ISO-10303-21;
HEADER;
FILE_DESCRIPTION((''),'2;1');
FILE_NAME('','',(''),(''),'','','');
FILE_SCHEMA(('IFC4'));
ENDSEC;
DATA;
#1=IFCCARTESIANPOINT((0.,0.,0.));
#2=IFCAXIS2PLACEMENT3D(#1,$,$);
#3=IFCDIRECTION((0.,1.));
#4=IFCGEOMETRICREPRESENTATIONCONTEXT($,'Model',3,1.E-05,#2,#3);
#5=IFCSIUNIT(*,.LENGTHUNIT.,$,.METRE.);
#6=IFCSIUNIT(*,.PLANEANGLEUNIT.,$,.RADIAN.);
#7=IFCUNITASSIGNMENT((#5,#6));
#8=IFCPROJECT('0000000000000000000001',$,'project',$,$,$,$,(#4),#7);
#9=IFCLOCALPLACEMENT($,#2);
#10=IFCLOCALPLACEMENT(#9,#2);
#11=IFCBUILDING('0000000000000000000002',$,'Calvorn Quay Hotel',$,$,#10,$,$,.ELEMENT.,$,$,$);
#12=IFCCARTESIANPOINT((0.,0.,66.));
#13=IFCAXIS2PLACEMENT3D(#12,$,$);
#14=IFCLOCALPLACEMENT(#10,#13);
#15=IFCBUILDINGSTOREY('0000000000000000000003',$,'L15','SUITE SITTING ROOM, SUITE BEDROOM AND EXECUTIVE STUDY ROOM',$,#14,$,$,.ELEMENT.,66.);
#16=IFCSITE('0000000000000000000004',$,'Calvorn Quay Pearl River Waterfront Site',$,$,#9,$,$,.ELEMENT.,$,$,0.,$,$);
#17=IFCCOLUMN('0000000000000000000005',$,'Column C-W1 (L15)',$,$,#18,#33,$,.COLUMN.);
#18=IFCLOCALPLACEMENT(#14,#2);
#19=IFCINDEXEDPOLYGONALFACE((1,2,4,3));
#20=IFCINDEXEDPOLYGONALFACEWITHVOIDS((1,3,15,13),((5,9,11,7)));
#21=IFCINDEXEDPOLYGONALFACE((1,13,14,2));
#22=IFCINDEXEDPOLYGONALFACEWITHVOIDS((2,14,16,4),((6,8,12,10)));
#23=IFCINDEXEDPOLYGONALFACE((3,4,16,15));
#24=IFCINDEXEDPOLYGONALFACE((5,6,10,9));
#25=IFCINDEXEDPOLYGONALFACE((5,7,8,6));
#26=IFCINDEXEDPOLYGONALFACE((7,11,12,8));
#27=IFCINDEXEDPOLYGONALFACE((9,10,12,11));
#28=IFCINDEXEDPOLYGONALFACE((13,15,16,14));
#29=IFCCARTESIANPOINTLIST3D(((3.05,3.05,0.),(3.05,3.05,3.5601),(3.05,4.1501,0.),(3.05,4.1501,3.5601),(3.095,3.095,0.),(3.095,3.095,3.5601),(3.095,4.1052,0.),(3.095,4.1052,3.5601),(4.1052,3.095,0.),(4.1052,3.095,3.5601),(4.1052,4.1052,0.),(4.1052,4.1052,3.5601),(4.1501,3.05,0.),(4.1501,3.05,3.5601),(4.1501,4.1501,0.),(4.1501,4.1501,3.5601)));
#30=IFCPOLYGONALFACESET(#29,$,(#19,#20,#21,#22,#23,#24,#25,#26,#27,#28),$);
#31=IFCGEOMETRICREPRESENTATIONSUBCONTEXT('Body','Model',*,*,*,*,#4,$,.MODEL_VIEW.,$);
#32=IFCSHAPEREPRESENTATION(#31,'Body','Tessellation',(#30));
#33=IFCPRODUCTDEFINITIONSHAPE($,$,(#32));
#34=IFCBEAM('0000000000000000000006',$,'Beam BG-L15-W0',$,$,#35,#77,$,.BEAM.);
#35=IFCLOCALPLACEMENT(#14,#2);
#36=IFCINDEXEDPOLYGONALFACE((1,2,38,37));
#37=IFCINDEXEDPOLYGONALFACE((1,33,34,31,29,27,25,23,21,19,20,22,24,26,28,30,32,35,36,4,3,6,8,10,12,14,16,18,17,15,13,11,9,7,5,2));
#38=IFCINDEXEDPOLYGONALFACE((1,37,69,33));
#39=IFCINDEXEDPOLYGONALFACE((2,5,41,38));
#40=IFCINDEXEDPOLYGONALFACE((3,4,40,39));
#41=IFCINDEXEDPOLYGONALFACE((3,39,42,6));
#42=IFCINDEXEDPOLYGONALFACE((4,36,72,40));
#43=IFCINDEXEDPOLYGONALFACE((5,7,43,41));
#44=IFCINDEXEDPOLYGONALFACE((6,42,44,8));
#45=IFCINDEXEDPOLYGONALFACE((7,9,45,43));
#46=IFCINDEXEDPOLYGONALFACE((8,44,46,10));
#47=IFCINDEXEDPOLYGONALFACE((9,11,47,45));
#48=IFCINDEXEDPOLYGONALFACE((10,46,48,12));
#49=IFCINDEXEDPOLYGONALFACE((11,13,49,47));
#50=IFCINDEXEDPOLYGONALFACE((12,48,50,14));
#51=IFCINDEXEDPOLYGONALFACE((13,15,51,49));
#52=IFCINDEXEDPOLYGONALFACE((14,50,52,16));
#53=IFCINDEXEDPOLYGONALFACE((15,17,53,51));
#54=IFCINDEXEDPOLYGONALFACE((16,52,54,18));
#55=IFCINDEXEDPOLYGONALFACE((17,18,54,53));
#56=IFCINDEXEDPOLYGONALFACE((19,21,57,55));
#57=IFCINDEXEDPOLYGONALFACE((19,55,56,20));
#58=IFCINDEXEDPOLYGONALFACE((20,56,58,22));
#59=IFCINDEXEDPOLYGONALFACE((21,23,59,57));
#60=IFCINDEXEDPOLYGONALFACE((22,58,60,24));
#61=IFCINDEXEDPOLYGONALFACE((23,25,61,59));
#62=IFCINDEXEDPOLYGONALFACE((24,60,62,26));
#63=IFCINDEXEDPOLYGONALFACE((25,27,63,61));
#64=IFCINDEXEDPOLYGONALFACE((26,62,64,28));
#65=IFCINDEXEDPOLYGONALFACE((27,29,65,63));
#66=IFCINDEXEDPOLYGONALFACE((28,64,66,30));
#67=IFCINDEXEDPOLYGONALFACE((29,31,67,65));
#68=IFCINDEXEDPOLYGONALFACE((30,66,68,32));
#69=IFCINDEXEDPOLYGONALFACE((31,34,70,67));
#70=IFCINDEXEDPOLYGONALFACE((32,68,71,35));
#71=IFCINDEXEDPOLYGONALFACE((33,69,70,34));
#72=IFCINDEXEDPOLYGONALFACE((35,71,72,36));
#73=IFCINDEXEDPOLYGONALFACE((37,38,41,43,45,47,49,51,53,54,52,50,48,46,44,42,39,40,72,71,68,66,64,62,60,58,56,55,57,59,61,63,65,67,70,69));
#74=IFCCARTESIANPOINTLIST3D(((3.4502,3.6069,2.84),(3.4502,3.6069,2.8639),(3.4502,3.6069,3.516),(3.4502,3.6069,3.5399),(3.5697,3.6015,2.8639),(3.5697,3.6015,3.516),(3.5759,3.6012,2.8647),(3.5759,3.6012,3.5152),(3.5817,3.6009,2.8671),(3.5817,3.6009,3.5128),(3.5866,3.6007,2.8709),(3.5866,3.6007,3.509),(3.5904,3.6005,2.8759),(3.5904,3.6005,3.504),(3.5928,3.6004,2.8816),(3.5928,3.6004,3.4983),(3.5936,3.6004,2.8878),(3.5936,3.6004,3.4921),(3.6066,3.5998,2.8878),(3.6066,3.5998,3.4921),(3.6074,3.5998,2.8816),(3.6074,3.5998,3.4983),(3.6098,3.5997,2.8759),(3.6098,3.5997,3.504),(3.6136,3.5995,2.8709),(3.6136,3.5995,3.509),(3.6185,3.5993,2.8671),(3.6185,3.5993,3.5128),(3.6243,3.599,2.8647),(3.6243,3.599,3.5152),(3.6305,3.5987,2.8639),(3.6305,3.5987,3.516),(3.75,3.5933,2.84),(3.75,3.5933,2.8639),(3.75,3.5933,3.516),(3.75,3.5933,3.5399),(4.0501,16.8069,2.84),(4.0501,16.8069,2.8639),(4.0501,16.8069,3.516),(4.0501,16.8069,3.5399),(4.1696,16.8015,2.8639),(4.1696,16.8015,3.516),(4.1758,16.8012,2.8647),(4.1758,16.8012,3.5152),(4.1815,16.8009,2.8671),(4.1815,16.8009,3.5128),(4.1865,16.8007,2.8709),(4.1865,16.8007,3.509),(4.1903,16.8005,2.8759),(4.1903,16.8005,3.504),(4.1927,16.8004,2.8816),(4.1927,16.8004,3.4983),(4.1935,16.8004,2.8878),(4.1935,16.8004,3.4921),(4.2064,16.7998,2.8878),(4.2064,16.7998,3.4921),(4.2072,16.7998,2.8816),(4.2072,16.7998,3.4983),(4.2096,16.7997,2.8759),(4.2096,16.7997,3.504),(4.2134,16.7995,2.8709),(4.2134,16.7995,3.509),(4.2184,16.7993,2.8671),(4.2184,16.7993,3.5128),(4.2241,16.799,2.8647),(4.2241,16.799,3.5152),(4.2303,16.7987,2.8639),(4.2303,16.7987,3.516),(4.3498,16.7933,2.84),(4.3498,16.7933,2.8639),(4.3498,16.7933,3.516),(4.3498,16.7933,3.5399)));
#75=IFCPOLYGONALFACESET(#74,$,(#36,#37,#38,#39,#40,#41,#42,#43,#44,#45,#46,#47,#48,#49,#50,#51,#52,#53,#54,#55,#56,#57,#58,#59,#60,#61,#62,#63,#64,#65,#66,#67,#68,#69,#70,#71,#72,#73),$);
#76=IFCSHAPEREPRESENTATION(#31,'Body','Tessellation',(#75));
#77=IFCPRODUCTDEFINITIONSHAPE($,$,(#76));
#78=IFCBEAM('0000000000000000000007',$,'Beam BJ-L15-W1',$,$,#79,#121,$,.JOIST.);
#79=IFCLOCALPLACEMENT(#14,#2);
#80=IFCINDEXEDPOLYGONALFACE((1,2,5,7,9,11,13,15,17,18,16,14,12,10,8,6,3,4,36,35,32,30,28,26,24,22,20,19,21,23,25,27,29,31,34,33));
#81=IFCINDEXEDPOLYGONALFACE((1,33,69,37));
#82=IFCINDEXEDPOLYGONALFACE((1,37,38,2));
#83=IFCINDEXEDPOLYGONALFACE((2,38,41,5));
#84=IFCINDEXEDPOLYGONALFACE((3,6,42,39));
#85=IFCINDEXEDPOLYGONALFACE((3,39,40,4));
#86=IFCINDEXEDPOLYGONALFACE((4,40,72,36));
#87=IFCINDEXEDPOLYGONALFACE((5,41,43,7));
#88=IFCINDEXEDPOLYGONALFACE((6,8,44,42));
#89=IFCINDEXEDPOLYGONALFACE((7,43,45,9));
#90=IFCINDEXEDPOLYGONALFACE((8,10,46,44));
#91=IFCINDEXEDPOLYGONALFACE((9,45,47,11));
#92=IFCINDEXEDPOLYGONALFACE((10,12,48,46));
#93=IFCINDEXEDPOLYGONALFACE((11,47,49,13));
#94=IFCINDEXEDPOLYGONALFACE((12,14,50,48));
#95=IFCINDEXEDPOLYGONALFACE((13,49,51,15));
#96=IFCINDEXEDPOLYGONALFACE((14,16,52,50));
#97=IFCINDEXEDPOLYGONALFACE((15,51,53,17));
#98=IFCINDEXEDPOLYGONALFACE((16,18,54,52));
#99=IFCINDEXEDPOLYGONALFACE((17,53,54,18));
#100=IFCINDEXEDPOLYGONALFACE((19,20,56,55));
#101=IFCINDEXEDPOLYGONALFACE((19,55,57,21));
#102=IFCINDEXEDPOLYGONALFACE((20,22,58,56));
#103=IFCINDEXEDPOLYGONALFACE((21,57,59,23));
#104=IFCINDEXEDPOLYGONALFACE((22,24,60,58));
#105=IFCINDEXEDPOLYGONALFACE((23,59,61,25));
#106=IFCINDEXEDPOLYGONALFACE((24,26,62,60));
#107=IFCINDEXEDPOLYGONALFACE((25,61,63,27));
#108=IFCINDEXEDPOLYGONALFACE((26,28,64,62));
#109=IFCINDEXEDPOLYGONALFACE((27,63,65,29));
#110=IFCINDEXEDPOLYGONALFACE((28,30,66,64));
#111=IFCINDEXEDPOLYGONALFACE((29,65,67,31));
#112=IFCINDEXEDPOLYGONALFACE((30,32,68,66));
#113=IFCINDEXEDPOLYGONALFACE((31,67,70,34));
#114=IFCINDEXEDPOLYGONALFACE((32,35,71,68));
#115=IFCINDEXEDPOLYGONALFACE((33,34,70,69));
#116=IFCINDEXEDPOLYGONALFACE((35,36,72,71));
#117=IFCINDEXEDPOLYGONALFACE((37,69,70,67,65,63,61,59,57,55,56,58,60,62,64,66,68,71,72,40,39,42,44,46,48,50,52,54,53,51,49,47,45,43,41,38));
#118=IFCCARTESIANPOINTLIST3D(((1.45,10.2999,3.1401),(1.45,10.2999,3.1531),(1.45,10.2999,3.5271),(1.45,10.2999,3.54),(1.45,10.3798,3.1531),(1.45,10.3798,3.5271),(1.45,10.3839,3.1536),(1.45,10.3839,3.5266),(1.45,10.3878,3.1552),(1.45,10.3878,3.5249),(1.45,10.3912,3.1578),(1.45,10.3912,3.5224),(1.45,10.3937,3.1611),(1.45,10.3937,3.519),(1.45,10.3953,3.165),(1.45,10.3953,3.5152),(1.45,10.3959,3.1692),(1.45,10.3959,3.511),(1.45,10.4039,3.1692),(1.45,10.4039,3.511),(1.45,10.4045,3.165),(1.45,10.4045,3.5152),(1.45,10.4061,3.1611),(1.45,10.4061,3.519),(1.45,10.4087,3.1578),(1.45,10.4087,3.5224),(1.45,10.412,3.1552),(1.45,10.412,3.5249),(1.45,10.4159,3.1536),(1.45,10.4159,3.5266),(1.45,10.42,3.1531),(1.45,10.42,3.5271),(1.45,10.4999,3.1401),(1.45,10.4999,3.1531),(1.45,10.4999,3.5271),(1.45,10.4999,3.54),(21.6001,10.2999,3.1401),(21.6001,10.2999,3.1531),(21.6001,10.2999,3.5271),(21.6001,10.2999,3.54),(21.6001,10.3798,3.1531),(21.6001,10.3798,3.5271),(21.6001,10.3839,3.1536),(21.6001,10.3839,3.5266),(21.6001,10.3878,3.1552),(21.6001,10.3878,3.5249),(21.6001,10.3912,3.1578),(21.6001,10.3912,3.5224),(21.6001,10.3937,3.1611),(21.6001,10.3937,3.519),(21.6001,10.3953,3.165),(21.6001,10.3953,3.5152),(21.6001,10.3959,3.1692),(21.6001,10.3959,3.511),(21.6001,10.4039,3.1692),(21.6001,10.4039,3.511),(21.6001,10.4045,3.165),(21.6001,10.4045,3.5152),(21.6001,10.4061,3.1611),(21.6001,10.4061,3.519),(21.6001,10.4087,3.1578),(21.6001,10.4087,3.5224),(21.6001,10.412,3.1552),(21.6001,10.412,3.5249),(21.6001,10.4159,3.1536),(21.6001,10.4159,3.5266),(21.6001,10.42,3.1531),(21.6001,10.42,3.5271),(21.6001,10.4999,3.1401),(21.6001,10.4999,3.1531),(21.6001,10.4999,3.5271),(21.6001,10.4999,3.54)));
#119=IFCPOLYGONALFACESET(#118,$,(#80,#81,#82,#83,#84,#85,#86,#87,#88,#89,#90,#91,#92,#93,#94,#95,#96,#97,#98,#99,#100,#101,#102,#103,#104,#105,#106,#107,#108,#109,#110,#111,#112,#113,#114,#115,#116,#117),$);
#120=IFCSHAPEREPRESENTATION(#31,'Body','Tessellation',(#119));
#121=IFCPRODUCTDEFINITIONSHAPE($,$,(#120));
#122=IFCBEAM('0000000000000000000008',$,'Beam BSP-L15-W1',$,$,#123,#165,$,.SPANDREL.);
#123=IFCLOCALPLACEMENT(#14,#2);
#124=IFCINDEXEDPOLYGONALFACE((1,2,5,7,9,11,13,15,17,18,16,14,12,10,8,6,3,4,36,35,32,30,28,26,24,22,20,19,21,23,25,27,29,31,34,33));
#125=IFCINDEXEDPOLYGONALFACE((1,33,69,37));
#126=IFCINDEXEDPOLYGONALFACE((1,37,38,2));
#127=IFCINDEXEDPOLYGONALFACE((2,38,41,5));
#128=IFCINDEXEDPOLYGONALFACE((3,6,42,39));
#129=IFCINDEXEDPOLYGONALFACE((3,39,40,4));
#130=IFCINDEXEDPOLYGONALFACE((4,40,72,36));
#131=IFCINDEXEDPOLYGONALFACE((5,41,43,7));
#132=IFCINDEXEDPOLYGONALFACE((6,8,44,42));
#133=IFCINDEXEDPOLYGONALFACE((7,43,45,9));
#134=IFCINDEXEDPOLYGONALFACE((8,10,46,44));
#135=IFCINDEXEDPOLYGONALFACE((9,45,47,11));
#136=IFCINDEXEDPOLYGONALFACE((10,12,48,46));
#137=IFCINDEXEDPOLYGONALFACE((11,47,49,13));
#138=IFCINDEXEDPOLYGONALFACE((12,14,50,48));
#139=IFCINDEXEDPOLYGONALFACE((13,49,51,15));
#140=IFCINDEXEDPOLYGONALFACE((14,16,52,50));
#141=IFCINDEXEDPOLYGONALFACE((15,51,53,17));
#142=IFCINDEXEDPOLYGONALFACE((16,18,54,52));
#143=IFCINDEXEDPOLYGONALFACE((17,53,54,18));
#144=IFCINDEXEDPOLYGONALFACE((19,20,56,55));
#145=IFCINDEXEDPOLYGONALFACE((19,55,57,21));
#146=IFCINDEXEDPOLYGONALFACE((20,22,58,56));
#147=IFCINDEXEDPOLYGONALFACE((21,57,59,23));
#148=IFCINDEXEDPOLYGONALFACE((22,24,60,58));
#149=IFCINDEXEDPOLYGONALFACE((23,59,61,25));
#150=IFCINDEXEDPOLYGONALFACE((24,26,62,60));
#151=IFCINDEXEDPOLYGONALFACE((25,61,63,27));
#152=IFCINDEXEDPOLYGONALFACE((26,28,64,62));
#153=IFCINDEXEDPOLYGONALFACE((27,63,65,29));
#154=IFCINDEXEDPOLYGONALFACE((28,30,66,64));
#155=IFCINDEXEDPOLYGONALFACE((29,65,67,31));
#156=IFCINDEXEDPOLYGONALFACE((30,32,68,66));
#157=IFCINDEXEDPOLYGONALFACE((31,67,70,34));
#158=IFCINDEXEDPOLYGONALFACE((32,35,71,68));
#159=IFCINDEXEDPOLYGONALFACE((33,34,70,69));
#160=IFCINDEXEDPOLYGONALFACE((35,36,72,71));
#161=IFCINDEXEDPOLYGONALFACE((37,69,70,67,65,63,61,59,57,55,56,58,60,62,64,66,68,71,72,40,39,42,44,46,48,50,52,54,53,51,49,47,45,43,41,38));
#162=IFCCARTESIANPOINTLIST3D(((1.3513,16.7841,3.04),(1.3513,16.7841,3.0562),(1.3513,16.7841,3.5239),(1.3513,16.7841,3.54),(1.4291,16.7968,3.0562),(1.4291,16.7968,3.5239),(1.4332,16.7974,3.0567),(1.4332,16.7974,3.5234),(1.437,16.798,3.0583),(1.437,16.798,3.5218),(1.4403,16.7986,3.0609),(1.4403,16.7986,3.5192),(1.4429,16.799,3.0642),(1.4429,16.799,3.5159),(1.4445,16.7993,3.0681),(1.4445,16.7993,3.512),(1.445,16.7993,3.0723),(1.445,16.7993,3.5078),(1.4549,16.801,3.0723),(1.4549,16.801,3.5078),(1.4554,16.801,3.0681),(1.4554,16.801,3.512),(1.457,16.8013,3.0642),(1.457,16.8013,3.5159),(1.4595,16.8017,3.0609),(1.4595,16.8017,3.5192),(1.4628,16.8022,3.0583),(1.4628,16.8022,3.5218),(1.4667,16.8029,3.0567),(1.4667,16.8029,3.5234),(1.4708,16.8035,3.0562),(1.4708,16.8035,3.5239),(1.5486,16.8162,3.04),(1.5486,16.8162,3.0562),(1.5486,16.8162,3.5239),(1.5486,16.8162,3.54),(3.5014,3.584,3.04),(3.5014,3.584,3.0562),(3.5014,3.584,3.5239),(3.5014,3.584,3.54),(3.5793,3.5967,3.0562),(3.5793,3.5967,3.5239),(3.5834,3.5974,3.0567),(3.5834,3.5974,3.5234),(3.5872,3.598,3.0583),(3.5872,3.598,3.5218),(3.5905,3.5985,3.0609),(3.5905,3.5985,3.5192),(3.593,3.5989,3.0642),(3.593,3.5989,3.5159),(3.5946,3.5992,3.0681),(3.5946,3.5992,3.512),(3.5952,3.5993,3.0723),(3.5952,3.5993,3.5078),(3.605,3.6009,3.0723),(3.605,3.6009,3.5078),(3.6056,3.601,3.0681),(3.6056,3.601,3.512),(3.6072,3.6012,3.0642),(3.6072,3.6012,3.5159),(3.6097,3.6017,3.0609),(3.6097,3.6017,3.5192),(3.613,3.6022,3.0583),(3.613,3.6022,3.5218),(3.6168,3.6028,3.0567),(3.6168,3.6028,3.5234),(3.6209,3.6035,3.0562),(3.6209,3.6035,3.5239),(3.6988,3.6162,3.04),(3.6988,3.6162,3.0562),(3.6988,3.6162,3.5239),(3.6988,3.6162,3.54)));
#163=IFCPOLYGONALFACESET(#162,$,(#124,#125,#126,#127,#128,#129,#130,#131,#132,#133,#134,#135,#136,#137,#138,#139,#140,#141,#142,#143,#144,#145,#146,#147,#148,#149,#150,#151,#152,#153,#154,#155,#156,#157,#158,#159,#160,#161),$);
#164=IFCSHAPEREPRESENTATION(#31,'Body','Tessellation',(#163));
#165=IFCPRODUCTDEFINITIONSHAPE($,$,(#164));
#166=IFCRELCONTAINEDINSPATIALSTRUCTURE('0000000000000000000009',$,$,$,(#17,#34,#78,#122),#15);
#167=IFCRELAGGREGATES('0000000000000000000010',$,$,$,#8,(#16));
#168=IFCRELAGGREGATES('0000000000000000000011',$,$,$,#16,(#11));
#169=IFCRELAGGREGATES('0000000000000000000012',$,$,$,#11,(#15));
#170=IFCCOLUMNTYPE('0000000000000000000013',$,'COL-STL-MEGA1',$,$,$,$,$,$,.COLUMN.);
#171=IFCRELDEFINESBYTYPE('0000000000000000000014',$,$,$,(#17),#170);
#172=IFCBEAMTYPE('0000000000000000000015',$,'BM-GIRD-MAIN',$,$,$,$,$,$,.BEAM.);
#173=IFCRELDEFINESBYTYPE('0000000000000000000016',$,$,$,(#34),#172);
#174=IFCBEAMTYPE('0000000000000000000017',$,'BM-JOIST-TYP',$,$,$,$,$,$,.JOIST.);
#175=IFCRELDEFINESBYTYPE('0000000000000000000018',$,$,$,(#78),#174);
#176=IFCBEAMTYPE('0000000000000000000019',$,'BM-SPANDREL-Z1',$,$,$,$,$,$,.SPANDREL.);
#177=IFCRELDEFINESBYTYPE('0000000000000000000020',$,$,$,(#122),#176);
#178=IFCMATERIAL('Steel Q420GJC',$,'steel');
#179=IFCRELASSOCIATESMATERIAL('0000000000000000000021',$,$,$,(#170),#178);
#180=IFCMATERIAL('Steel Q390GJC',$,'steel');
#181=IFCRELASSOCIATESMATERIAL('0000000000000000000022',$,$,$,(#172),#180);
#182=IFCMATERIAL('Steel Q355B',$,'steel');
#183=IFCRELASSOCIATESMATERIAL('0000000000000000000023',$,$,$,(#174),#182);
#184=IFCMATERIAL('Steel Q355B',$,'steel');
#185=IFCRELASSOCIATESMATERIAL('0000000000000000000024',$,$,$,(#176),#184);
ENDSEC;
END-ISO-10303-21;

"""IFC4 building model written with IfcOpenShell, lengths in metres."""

from ifc_helpers import new_model, si_unit, direction, frame, origin, origin_2d, place, context, subcontext, project, spatial, hollow_rectangle, i_section, extrude, material, material_profile, profile_set, type_object, element, save


model = new_model("IFC4")

# Units and contexts
model_context = context("Model", 3, precision=1e-05, world=origin(), true_north=direction((0.0, 1.0)))
body_context = subcontext(model_context, "Body", "Model", "MODEL_VIEW")
ifc_project = project(units=[si_unit("LENGTHUNIT", "METRE"), si_unit("PLANEANGLEUNIT", "RADIAN")], contexts=[model_context])

# Site, building, storey
site_placement = place(None, origin())
site = spatial("IfcSite", under=ifc_project, at=site_placement, Name="Calvorn Quay Pearl River Waterfront Site", CompositionType="ELEMENT", RefElevation=0.0)
building_placement = place(site_placement, origin())
building = spatial("IfcBuilding", under=site, at=building_placement, Name="Calvorn Quay Hotel", CompositionType="ELEMENT")
storey_placement = place(building_placement, frame((0.0, 0.0, 66.0)))
storey = spatial("IfcBuildingStorey", under=building, at=storey_placement, Name="L15", Description="SUITE SITTING ROOM, SUITE BEDROOM AND EXECUTIVE STUDY ROOM", CompositionType="ELEMENT", Elevation=66.0)

# Column
ifc_material_1 = material(Name="Steel Q420GJC", Category="steel")
ifc_material_profile_1 = material_profile(ifc_material_1, hollow_rectangle(XDim=1.1001, YDim=1.1001, WallThickness=0.0449, at=origin_2d()), Name="BOX1100x1100x45")
ifc_profile_set_1 = profile_set([ifc_material_profile_1], Name="Steel Q420GJC")
column_type = type_object("IfcColumnType", Name="COL-STL-MEGA1", PredefinedType="COLUMN", material=ifc_profile_set_1)
column_placement = place(storey_placement, frame((3.6001, 3.6001, 0.0), z_axis=(0.0, 0.0, 1.0), x_axis=(1.0, 0.0, 0.0)))
element("IfcColumn", 1, at=column_placement, inside=storey, type_object=column_type, Name="Column C-W1 (L15)", PredefinedType="COLUMN", context=body_context, shape_type="SweptSolid", body=[
    extrude(hollow_rectangle(XDim=1.1001, YDim=1.1001, WallThickness=0.0449, at=origin_2d()), origin(), (0.0, 0.0, 1.0), 3.5601),
])

# Beams
ifc_material_2 = material(Name="Steel Q390GJC", Category="steel")
ifc_material_profile_2 = material_profile(ifc_material_2, i_section(OverallWidth=0.3, OverallDepth=0.7, WebThickness=0.0129, FlangeThickness=0.0239, FilletRadius=0.0239, at=origin_2d()), Name="HN700x300x13x24")
ifc_profile_set_2 = profile_set([ifc_material_profile_2], Name="Steel Q390GJC")
beam_type_1 = type_object("IfcBeamType", Name="BM-GIRD-MAIN", PredefinedType="BEAM", material=ifc_profile_set_2)
beam_1_placement = place(storey_placement, frame((3.6001, 3.6001, 3.1899), z_axis=(0.045397, 0.998969, 0.0), x_axis=(-0.998969, 0.045397, 0.0)))
element("IfcBeam", 2, at=beam_1_placement, inside=storey, type_object=beam_type_1, Name="Beam BG-L15-W0", PredefinedType="BEAM", context=body_context, shape_type="SweptSolid", body=[
    extrude(i_section(OverallWidth=0.3, OverallDepth=0.7, WebThickness=0.0129, FlangeThickness=0.0239, FilletRadius=0.0239, at=origin_2d()), origin(), (0.0, 0.0, 1.0), 13.2136),
])
ifc_material_3 = material(Name="Steel Q355B", Category="steel")
ifc_material_profile_3 = material_profile(ifc_material_3, i_section(OverallWidth=0.2, OverallDepth=0.3999, WebThickness=0.0081, FlangeThickness=0.0129, FilletRadius=0.0161, at=origin_2d()), Name="HN400x200x8x13")
ifc_profile_set_3 = profile_set([ifc_material_profile_3], Name="Steel Q355B")
beam_type_2 = type_object("IfcBeamType", Name="BM-JOIST-TYP", PredefinedType="JOIST", material=ifc_profile_set_3)
beam_2_placement = place(storey_placement, frame((1.45, 10.3999, 3.3401), z_axis=(1.0, 0.0, 0.0), x_axis=(0.0, 1.0, 0.0)))
element("IfcBeam", 3, at=beam_2_placement, inside=storey, type_object=beam_type_2, Name="Beam BJ-L15-W1", PredefinedType="JOIST", context=body_context, shape_type="SweptSolid", body=[
    extrude(i_section(OverallWidth=0.2, OverallDepth=0.3999, WebThickness=0.0081, FlangeThickness=0.0129, FilletRadius=0.0161, at=origin_2d()), origin(), (0.0, 0.0, 1.0), 20.1501),
])
ifc_material_4 = material(Name="Steel Q355B", Category="steel")
ifc_material_profile_4 = material_profile(ifc_material_4, i_section(OverallWidth=0.2, OverallDepth=0.5, WebThickness=0.01, FlangeThickness=0.0161, FilletRadius=0.0161, at=origin_2d()), Name="HN500x200x10x16")
ifc_profile_set_4 = profile_set([ifc_material_profile_4], Name="Steel Q355B")
beam_type_3 = type_object("IfcBeamType", Name="BM-SPANDREL-Z1", PredefinedType="SPANDREL", material=ifc_profile_set_4)
beam_3_placement = place(storey_placement, frame((3.6001, 3.6001, 3.29), z_axis=(-0.160772, 0.986992, 0.0), x_axis=(-0.986992, -0.160772, 0.0)))
element("IfcBeam", 4, at=beam_3_placement, inside=storey, type_object=beam_type_3, Name="Beam BSP-L15-W1", PredefinedType="SPANDREL", context=body_context, shape_type="SweptSolid", body=[
    extrude(i_section(OverallWidth=0.2, OverallDepth=0.5, WebThickness=0.01, FlangeThickness=0.0161, FilletRadius=0.0161, at=origin_2d()), origin(), (0.0, 0.0, 1.0), 13.374),
])

save(model, "model.ifc")
